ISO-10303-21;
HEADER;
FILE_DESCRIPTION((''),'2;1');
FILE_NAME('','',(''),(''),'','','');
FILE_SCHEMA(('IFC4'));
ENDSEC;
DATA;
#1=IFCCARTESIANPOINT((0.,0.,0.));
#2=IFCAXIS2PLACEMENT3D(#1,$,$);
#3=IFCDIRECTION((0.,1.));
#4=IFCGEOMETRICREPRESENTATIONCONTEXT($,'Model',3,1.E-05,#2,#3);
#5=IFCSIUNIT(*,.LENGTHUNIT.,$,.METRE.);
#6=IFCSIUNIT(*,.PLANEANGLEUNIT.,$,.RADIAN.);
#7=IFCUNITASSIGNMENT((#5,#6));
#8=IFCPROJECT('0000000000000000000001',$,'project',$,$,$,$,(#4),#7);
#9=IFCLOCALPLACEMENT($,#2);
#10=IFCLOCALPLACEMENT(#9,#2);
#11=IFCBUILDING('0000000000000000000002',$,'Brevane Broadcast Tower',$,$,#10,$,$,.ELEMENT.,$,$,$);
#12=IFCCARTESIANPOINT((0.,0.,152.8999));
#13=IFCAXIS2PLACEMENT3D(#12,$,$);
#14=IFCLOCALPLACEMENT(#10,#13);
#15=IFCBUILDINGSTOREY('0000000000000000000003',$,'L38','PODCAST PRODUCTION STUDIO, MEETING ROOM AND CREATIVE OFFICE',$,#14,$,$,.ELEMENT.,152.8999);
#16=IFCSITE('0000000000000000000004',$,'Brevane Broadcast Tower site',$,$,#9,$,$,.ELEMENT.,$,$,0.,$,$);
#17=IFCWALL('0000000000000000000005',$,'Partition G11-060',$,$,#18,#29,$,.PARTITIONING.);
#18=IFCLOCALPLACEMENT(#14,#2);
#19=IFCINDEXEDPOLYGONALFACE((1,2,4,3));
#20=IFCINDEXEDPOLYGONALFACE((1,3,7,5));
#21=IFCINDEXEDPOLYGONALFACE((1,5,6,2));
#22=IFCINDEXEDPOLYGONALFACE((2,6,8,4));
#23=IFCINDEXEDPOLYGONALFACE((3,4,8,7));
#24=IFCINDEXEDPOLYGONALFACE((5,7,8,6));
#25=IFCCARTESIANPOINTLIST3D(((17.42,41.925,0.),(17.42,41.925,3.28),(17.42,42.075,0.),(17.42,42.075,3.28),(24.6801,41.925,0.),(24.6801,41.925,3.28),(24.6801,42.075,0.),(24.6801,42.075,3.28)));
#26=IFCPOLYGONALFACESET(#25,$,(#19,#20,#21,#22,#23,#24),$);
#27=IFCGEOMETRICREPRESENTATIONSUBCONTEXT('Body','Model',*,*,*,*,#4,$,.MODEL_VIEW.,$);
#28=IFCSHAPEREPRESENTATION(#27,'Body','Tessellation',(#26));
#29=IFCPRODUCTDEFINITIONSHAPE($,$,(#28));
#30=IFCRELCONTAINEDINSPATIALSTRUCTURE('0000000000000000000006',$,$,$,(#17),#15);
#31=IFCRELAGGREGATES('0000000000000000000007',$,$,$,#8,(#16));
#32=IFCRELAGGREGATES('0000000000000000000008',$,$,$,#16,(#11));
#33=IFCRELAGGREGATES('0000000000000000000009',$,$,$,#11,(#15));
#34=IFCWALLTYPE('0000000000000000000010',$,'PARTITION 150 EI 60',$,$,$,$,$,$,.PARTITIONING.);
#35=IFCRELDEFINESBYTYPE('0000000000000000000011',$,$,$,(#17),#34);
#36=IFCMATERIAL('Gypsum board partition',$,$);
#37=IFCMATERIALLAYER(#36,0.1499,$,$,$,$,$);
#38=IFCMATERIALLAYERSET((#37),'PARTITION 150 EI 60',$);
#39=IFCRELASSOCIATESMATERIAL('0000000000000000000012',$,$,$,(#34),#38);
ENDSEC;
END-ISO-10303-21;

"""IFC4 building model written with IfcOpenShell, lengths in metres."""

from ifc_helpers import new_model, si_unit, direction, frame, frame_2d, origin, place, context, subcontext, project, spatial, rectangle, extrude, material, layer, layer_set, type_object, element, save


model = new_model("IFC4")

# Units and contexts
model_context = context("Model", 3, precision=1e-05, world=origin(), true_north=direction((0.0, 1.0)))
body_context = subcontext(model_context, "Body", "Model", "MODEL_VIEW")
ifc_project = project(units=[si_unit("LENGTHUNIT", "METRE"), si_unit("PLANEANGLEUNIT", "RADIAN")], contexts=[model_context])

# Site, building, storey
site_placement = place(None, origin())
site = spatial("IfcSite", under=ifc_project, at=site_placement, Name="Brevane Broadcast Tower site", CompositionType="ELEMENT", RefElevation=0.0)
building_placement = place(site_placement, origin())
building = spatial("IfcBuilding", under=site, at=building_placement, Name="Brevane Broadcast Tower", CompositionType="ELEMENT")
storey_placement = place(building_placement, frame((0.0, 0.0, 152.8999)))
storey = spatial("IfcBuildingStorey", under=building, at=storey_placement, Name="L38", Description="PODCAST PRODUCTION STUDIO, MEETING ROOM AND CREATIVE OFFICE", CompositionType="ELEMENT", Elevation=152.8999)

# Shared definitions
ifc_material_1 = material(Name="Gypsum board partition")

# Shared definitions
ifc_layer_1 = layer(ifc_material_1, 0.1499)
ifc_layer_set_1 = layer_set([ifc_layer_1], Name="PARTITION 150 EI 60")
wall_type_1 = type_object("IfcWallType", Name="PARTITION 150 EI 60", PredefinedType="PARTITIONING", material=ifc_layer_set_1)

# Wall
wall_1_placement = place(storey_placement, frame((24.6799, 42.0, 0.0), z_axis=(0.0, 0.0, 1.0), x_axis=(-1.0, 0.0, 0.0)))
element("IfcWall", 1, at=wall_1_placement, inside=storey, type_object=wall_type_1, Name="Partition G11-060", PredefinedType="PARTITIONING", context=body_context, shape_type="SweptSolid", body=[
    extrude(rectangle(XDim=7.26, YDim=0.1499, at=frame_2d((3.6299, 0.0))), origin(), (0.0, 0.0, 1.0), 3.28),
])

save(model, "model.ifc")
